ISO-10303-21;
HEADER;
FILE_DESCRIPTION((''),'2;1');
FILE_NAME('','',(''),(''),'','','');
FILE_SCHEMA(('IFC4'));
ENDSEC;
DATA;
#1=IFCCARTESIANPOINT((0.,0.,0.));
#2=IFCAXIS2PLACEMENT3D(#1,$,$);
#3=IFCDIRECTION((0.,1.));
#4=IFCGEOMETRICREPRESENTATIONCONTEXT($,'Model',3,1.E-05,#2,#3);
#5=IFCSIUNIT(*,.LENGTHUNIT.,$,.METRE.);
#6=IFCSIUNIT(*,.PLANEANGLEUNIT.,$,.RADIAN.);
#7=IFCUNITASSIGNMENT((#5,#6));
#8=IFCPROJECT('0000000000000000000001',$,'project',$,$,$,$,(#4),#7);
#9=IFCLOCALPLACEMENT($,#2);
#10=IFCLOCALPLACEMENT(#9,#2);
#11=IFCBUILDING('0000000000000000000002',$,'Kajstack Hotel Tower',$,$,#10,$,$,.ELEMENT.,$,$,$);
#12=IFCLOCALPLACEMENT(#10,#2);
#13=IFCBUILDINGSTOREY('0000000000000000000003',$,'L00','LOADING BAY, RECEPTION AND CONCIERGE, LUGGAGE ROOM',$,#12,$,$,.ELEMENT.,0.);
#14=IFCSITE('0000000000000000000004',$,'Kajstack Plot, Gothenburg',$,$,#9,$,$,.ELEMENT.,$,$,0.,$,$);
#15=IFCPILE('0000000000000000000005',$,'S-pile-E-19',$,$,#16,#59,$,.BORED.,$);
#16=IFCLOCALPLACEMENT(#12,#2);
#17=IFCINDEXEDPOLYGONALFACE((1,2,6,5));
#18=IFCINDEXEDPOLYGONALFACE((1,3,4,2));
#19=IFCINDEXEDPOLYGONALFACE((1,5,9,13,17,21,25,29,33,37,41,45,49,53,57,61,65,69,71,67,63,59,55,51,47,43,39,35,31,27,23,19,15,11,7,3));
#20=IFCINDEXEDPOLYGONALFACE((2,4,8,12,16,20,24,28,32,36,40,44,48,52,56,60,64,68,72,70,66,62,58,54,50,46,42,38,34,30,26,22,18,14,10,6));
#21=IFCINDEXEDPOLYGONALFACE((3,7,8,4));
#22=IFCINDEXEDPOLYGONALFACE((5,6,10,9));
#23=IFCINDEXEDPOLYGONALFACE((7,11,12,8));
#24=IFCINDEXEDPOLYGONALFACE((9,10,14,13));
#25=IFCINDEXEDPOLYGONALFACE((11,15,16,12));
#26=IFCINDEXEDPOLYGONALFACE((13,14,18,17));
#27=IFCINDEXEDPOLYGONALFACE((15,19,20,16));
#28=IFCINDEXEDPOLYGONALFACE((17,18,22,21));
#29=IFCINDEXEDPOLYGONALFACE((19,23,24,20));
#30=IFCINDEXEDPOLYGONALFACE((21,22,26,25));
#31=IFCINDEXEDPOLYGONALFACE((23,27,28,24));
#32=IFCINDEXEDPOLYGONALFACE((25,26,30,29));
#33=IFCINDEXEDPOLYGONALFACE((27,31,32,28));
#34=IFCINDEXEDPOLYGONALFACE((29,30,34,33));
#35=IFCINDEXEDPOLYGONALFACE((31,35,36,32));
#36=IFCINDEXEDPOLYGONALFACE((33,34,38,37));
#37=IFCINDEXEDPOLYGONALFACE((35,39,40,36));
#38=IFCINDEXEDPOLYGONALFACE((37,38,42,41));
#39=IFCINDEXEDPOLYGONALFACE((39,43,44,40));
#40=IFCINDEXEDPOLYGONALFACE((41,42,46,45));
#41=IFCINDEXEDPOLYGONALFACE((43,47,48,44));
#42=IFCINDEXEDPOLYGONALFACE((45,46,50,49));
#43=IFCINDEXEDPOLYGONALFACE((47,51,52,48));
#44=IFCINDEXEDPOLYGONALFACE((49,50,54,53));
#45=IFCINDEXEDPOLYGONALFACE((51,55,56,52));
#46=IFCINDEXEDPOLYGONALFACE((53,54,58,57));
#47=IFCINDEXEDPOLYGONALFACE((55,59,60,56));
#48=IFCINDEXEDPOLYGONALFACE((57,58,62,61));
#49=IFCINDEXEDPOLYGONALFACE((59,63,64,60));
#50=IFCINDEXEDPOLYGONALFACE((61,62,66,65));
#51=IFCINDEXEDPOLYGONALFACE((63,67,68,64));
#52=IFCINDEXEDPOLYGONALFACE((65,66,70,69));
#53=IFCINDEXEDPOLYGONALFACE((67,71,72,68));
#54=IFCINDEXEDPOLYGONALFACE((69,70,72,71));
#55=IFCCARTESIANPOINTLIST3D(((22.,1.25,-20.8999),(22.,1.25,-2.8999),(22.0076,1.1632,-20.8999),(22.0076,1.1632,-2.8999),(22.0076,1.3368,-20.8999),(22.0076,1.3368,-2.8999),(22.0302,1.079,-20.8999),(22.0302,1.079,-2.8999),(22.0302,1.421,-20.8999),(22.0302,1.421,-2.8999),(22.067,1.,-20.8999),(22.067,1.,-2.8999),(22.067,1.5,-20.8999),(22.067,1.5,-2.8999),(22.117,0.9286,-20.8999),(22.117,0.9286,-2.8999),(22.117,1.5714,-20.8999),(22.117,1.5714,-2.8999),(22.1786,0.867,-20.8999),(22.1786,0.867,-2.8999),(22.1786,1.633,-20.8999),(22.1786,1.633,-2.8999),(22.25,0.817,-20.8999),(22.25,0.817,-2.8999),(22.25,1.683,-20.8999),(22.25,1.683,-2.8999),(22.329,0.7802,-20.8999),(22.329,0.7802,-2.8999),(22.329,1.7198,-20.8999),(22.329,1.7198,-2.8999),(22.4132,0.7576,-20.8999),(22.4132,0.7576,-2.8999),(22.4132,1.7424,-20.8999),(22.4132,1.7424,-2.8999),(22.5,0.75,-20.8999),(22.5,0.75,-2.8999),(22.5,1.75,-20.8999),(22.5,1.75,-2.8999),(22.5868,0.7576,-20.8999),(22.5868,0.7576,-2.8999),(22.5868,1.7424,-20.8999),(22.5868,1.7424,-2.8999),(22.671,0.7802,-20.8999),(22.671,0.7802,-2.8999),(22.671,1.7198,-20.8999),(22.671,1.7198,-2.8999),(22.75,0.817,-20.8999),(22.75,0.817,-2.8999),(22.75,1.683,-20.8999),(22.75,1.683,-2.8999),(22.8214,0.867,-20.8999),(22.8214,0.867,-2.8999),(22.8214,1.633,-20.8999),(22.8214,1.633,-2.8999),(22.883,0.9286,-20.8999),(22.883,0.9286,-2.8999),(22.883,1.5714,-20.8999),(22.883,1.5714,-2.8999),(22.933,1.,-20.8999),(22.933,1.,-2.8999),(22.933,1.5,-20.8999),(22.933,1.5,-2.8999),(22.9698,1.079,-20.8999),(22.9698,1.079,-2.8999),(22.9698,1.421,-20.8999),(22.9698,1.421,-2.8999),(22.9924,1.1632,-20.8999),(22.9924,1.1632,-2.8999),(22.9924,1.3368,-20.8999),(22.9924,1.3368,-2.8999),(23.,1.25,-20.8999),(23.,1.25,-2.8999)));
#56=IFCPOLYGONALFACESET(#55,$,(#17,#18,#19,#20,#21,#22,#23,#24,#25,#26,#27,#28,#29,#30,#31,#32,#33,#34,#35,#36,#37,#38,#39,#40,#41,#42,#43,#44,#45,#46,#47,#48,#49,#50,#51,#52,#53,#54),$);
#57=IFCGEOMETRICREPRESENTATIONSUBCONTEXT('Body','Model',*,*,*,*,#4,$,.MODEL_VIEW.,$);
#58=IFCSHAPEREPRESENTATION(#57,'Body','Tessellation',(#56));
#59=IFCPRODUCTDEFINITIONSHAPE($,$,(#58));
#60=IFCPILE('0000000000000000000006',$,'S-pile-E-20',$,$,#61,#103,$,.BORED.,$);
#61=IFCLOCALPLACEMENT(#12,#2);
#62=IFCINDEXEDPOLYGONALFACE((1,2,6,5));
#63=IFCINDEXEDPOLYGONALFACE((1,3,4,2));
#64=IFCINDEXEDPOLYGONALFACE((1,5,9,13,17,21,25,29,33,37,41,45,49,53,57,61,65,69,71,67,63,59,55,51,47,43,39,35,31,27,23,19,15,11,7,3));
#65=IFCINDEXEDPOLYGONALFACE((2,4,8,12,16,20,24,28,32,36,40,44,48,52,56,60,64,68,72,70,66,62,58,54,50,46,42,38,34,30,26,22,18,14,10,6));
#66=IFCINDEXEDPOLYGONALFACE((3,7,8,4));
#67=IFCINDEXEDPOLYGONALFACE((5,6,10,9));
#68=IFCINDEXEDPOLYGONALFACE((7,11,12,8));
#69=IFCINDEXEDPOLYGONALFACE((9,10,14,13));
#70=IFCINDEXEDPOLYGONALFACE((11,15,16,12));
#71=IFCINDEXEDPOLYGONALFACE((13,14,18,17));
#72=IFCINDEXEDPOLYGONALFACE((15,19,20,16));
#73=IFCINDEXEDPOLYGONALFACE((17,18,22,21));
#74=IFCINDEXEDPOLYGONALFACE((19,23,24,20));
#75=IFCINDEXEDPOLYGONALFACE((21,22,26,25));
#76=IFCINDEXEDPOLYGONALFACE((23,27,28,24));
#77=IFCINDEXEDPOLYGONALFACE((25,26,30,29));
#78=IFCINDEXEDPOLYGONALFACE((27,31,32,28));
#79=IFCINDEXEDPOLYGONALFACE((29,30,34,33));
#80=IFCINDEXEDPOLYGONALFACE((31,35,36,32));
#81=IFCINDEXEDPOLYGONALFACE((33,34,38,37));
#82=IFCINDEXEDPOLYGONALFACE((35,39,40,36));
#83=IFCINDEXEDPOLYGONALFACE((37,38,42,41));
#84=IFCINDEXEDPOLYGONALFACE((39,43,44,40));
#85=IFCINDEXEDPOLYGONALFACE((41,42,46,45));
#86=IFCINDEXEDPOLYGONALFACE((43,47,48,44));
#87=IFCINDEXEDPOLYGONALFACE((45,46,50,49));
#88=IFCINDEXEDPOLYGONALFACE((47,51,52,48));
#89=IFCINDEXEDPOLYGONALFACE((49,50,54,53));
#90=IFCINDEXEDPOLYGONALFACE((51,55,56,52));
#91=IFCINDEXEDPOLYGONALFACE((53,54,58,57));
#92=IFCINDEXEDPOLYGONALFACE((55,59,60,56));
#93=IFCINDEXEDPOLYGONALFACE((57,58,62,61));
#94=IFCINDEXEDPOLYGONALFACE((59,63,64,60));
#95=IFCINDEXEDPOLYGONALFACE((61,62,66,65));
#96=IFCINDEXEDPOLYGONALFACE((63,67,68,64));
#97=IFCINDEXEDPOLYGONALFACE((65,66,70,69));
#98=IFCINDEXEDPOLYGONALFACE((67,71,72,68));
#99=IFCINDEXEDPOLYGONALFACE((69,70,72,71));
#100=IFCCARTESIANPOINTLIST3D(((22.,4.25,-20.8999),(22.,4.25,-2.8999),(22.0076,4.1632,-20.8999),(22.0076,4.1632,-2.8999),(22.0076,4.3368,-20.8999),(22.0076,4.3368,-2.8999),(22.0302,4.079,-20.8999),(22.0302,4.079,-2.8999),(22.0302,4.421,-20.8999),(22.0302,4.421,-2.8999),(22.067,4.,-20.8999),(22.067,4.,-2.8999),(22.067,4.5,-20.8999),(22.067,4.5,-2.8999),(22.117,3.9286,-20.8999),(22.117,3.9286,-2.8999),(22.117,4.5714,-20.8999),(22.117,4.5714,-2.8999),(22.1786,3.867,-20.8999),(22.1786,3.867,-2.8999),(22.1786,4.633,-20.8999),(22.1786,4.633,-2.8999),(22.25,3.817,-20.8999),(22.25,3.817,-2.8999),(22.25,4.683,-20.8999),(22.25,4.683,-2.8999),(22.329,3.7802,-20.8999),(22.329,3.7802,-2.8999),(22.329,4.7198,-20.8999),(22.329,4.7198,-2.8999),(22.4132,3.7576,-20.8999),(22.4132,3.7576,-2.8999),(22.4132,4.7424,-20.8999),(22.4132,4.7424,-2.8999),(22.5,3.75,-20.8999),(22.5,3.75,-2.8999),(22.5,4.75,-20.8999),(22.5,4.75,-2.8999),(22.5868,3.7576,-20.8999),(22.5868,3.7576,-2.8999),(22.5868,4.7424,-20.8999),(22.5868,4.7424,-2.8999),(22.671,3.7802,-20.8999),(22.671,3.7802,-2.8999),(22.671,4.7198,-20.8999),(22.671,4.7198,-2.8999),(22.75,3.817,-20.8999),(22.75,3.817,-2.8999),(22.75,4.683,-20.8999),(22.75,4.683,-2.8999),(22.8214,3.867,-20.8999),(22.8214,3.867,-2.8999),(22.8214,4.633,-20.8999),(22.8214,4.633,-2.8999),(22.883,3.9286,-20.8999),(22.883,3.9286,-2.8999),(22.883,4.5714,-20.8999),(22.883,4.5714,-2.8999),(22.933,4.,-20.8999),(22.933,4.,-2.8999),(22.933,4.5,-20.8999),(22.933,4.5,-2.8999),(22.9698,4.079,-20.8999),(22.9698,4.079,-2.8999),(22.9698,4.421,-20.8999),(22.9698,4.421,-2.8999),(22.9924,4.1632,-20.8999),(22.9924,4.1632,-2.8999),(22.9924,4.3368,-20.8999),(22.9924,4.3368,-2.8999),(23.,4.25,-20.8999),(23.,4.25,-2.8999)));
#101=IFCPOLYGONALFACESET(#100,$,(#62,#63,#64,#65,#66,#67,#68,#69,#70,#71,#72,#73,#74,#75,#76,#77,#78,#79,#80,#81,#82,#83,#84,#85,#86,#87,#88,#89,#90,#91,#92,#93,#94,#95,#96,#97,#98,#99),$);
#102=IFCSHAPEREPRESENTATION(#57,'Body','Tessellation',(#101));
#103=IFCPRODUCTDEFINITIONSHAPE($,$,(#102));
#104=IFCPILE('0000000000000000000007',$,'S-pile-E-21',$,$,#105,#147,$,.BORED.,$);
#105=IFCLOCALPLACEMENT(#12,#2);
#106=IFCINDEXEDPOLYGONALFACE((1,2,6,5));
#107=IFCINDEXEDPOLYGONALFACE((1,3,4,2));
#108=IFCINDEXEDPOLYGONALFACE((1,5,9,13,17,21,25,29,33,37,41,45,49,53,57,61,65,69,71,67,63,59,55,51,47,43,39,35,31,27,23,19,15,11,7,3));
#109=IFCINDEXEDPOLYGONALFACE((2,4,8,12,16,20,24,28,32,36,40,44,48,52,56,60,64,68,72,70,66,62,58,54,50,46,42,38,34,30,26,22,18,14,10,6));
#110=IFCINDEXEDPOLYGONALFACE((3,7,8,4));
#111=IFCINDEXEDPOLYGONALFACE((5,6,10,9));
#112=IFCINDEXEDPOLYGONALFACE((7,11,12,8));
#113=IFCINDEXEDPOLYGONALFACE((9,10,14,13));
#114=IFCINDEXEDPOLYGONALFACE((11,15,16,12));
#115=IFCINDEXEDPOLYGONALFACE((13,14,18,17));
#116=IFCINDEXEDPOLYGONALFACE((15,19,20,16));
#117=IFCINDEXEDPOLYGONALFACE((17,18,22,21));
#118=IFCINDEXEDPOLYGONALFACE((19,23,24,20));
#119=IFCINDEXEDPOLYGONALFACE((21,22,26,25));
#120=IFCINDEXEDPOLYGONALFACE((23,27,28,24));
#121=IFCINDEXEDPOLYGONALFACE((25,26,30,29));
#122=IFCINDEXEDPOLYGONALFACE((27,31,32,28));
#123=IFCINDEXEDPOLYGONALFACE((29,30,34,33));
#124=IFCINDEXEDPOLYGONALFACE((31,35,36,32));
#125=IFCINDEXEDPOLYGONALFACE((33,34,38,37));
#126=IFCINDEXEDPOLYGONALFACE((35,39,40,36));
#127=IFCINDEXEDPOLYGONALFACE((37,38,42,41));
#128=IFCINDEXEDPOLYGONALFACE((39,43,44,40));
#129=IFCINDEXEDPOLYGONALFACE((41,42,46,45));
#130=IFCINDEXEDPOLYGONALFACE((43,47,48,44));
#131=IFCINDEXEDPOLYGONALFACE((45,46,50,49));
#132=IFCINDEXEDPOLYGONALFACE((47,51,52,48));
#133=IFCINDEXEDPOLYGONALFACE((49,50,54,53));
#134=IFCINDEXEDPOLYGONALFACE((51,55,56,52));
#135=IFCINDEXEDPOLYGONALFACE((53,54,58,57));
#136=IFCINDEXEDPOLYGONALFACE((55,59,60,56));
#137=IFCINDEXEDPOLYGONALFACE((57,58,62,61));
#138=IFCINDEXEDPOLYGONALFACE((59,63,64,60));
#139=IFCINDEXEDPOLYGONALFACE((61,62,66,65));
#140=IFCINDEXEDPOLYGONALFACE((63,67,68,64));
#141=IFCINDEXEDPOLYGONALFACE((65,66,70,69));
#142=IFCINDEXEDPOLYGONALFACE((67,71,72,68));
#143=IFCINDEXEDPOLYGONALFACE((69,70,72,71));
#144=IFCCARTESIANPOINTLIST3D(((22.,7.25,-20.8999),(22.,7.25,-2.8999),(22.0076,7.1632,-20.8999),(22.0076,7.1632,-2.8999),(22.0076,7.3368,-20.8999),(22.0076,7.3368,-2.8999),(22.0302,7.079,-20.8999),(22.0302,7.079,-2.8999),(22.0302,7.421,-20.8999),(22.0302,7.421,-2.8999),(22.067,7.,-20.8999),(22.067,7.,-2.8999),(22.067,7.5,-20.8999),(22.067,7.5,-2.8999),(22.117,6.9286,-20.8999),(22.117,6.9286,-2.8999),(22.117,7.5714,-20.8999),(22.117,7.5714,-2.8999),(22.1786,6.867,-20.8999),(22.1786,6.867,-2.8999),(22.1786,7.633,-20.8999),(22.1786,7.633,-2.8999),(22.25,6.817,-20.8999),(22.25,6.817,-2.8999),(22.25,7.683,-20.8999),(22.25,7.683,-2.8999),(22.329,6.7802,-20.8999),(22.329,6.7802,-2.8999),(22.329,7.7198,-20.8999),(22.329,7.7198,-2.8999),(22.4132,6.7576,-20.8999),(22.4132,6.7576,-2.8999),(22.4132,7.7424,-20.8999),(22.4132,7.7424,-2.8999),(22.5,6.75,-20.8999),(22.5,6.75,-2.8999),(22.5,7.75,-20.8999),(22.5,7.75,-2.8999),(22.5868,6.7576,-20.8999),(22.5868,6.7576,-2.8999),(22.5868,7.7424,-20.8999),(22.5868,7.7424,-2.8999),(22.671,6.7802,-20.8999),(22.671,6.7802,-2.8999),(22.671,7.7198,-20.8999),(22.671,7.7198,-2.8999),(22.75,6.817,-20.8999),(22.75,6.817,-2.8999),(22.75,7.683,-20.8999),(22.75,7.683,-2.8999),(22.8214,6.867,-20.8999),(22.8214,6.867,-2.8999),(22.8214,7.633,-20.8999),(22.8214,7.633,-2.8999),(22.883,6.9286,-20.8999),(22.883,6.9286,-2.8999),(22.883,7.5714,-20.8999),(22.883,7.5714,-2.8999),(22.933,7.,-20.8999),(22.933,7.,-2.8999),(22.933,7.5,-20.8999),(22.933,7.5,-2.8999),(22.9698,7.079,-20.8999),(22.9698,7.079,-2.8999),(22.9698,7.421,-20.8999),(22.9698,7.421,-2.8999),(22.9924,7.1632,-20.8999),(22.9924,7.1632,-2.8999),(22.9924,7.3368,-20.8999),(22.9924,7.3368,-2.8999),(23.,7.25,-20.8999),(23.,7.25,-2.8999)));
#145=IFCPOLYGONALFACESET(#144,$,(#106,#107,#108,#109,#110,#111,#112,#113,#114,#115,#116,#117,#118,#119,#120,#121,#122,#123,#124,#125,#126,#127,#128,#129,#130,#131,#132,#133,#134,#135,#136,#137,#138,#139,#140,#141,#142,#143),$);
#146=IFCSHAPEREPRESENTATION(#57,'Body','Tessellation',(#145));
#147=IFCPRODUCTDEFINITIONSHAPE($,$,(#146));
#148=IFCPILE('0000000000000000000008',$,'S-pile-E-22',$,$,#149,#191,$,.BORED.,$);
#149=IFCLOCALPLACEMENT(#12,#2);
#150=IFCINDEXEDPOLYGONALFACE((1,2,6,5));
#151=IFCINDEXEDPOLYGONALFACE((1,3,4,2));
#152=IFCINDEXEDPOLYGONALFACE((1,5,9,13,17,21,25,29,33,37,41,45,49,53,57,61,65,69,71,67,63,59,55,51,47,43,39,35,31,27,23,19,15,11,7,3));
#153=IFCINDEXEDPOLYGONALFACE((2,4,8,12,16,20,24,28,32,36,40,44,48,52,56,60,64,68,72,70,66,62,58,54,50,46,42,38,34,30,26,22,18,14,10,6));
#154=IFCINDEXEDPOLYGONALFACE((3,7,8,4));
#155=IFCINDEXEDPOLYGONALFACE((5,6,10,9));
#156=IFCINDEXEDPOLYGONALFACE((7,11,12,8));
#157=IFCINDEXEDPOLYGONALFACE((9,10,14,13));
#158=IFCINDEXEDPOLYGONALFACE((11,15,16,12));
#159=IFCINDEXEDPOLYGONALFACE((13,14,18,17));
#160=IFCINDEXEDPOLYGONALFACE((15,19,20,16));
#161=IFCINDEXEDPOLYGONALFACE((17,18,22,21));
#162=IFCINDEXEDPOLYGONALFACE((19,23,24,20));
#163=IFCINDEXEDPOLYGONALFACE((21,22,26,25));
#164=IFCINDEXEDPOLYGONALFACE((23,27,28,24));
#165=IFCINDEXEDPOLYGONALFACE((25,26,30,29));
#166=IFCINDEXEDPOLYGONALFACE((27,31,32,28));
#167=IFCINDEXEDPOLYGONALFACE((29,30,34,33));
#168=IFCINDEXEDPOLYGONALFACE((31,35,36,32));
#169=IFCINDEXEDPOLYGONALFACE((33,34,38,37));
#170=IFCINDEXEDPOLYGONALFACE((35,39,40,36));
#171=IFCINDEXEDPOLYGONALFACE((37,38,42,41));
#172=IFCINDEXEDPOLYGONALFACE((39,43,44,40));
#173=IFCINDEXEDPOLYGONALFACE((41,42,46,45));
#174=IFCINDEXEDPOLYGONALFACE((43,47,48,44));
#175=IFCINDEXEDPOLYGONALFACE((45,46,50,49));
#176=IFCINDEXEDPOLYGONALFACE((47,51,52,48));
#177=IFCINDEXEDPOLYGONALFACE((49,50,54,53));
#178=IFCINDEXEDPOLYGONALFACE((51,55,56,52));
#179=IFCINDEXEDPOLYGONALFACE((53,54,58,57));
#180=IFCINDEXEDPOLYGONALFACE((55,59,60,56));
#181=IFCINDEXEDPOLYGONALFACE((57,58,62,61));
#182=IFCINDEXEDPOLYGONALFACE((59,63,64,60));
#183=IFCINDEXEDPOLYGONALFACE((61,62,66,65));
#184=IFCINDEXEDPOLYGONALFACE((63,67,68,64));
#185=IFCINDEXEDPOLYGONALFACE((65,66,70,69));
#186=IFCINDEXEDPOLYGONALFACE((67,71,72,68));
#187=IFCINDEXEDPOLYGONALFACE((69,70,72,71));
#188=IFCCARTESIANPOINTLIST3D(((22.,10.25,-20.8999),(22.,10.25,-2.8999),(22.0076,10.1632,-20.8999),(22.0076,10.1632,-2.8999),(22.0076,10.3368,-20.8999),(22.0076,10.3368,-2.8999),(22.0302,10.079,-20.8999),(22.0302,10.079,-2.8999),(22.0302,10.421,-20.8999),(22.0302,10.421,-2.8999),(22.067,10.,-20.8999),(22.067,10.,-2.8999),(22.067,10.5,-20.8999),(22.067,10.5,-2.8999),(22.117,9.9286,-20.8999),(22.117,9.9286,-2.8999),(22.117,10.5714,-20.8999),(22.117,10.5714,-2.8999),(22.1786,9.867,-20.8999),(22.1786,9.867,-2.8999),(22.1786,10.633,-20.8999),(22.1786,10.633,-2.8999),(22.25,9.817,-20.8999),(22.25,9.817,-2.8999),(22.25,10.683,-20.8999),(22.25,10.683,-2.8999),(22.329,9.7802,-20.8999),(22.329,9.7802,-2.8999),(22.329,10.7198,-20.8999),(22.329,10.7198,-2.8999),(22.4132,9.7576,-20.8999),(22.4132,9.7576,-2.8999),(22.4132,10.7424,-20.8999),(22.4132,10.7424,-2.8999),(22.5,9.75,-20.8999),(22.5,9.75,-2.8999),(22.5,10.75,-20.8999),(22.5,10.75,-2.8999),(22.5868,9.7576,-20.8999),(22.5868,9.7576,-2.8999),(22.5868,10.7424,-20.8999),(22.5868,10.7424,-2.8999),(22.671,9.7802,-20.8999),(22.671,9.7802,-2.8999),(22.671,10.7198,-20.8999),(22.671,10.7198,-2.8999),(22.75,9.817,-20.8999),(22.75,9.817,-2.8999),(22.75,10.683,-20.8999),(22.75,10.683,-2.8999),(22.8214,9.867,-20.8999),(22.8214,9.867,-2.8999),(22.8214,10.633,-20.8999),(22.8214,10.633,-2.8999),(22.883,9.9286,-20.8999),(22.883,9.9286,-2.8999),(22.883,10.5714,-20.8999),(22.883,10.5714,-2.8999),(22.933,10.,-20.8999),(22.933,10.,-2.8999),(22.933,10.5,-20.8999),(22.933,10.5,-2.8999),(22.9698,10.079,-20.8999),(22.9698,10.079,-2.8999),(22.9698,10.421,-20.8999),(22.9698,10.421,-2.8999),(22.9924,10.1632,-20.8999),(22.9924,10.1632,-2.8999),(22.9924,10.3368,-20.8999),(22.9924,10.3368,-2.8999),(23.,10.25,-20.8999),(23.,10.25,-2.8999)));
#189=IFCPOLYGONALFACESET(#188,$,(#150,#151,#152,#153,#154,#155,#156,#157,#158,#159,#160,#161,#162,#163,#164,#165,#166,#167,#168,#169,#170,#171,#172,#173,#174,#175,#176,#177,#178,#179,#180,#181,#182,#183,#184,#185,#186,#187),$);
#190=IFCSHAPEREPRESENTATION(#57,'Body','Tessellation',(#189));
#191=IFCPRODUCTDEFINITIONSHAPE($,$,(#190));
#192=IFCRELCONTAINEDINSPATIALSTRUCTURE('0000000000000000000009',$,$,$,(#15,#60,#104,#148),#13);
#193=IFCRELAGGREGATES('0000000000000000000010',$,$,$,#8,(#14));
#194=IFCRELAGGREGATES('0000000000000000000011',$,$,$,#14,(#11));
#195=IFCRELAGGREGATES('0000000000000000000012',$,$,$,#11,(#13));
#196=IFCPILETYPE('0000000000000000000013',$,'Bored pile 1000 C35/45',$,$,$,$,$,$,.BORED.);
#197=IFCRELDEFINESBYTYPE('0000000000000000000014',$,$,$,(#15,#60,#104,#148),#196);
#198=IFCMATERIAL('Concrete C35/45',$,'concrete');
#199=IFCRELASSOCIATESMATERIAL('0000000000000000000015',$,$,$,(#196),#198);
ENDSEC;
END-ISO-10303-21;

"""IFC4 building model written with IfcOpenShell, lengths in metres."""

from ifc_helpers import new_model, si_unit, direction, frame, origin, origin_2d, place, context, subcontext, project, spatial, circle, extrude, material, material_profile, profile_set, type_object, element, save


model = new_model("IFC4")

# Units and contexts
model_context = context("Model", 3, precision=1e-05, world=origin(), true_north=direction((0.0, 1.0)))
body_context = subcontext(model_context, "Body", "Model", "MODEL_VIEW")
ifc_project = project(units=[si_unit("LENGTHUNIT", "METRE"), si_unit("PLANEANGLEUNIT", "RADIAN")], contexts=[model_context])

# Site, building, storey
site_placement = place(None, origin())
site = spatial("IfcSite", under=ifc_project, at=site_placement, Name="Kajstack Plot, Gothenburg", CompositionType="ELEMENT", RefElevation=0.0)
building_placement = place(site_placement, origin())
building = spatial("IfcBuilding", under=site, at=building_placement, Name="Kajstack Hotel Tower", CompositionType="ELEMENT")
storey_placement = place(building_placement, origin())
storey = spatial("IfcBuildingStorey", under=building, at=storey_placement, Name="L00", Description="LOADING BAY, RECEPTION AND CONCIERGE, LUGGAGE ROOM", CompositionType="ELEMENT", Elevation=0.0)

# Piles
ifc_material_1 = material(Name="Concrete C35/45", Category="concrete")
ifc_material_profile = material_profile(ifc_material_1, circle(Radius=0.5, at=origin_2d()), Name="RC round 1000")
ifc_profile_set = profile_set([ifc_material_profile], Name="Concrete C35/45")
pile_type = type_object("IfcPileType", Name="Bored pile 1000 C35/45", PredefinedType="BORED", material=ifc_profile_set)
for number, where, z_axis, x_axis, name in (
    (1, (22.5, 1.25, -2.8999), (0.0, 0.0, -1.0), (1.0, 0.0, 0.0), "S-pile-E-19"),
    (2, (22.5, 4.25, -2.8999), (0.0, 0.0, -1.0), (1.0, 0.0, 0.0), "S-pile-E-20"),
    (3, (22.5, 7.25, -2.8999), (0.0, 0.0, -1.0), (1.0, 0.0, 0.0), "S-pile-E-21"),
    (4, (22.5, 10.25, -2.8999), (0.0, 0.0, -1.0), (1.0, 0.0, 0.0), "S-pile-E-22"),
):
    element("IfcPile", number, at=place(storey_placement, frame(where, z_axis=z_axis, x_axis=x_axis)), inside=storey, type_object=pile_type, Name=name, PredefinedType="BORED", context=body_context, shape_type="SweptSolid", body=[
        extrude(circle(Radius=0.5, at=origin_2d()), origin(), (0.0, 0.0, 1.0), 18.0),
    ])

save(model, "model.ifc")
